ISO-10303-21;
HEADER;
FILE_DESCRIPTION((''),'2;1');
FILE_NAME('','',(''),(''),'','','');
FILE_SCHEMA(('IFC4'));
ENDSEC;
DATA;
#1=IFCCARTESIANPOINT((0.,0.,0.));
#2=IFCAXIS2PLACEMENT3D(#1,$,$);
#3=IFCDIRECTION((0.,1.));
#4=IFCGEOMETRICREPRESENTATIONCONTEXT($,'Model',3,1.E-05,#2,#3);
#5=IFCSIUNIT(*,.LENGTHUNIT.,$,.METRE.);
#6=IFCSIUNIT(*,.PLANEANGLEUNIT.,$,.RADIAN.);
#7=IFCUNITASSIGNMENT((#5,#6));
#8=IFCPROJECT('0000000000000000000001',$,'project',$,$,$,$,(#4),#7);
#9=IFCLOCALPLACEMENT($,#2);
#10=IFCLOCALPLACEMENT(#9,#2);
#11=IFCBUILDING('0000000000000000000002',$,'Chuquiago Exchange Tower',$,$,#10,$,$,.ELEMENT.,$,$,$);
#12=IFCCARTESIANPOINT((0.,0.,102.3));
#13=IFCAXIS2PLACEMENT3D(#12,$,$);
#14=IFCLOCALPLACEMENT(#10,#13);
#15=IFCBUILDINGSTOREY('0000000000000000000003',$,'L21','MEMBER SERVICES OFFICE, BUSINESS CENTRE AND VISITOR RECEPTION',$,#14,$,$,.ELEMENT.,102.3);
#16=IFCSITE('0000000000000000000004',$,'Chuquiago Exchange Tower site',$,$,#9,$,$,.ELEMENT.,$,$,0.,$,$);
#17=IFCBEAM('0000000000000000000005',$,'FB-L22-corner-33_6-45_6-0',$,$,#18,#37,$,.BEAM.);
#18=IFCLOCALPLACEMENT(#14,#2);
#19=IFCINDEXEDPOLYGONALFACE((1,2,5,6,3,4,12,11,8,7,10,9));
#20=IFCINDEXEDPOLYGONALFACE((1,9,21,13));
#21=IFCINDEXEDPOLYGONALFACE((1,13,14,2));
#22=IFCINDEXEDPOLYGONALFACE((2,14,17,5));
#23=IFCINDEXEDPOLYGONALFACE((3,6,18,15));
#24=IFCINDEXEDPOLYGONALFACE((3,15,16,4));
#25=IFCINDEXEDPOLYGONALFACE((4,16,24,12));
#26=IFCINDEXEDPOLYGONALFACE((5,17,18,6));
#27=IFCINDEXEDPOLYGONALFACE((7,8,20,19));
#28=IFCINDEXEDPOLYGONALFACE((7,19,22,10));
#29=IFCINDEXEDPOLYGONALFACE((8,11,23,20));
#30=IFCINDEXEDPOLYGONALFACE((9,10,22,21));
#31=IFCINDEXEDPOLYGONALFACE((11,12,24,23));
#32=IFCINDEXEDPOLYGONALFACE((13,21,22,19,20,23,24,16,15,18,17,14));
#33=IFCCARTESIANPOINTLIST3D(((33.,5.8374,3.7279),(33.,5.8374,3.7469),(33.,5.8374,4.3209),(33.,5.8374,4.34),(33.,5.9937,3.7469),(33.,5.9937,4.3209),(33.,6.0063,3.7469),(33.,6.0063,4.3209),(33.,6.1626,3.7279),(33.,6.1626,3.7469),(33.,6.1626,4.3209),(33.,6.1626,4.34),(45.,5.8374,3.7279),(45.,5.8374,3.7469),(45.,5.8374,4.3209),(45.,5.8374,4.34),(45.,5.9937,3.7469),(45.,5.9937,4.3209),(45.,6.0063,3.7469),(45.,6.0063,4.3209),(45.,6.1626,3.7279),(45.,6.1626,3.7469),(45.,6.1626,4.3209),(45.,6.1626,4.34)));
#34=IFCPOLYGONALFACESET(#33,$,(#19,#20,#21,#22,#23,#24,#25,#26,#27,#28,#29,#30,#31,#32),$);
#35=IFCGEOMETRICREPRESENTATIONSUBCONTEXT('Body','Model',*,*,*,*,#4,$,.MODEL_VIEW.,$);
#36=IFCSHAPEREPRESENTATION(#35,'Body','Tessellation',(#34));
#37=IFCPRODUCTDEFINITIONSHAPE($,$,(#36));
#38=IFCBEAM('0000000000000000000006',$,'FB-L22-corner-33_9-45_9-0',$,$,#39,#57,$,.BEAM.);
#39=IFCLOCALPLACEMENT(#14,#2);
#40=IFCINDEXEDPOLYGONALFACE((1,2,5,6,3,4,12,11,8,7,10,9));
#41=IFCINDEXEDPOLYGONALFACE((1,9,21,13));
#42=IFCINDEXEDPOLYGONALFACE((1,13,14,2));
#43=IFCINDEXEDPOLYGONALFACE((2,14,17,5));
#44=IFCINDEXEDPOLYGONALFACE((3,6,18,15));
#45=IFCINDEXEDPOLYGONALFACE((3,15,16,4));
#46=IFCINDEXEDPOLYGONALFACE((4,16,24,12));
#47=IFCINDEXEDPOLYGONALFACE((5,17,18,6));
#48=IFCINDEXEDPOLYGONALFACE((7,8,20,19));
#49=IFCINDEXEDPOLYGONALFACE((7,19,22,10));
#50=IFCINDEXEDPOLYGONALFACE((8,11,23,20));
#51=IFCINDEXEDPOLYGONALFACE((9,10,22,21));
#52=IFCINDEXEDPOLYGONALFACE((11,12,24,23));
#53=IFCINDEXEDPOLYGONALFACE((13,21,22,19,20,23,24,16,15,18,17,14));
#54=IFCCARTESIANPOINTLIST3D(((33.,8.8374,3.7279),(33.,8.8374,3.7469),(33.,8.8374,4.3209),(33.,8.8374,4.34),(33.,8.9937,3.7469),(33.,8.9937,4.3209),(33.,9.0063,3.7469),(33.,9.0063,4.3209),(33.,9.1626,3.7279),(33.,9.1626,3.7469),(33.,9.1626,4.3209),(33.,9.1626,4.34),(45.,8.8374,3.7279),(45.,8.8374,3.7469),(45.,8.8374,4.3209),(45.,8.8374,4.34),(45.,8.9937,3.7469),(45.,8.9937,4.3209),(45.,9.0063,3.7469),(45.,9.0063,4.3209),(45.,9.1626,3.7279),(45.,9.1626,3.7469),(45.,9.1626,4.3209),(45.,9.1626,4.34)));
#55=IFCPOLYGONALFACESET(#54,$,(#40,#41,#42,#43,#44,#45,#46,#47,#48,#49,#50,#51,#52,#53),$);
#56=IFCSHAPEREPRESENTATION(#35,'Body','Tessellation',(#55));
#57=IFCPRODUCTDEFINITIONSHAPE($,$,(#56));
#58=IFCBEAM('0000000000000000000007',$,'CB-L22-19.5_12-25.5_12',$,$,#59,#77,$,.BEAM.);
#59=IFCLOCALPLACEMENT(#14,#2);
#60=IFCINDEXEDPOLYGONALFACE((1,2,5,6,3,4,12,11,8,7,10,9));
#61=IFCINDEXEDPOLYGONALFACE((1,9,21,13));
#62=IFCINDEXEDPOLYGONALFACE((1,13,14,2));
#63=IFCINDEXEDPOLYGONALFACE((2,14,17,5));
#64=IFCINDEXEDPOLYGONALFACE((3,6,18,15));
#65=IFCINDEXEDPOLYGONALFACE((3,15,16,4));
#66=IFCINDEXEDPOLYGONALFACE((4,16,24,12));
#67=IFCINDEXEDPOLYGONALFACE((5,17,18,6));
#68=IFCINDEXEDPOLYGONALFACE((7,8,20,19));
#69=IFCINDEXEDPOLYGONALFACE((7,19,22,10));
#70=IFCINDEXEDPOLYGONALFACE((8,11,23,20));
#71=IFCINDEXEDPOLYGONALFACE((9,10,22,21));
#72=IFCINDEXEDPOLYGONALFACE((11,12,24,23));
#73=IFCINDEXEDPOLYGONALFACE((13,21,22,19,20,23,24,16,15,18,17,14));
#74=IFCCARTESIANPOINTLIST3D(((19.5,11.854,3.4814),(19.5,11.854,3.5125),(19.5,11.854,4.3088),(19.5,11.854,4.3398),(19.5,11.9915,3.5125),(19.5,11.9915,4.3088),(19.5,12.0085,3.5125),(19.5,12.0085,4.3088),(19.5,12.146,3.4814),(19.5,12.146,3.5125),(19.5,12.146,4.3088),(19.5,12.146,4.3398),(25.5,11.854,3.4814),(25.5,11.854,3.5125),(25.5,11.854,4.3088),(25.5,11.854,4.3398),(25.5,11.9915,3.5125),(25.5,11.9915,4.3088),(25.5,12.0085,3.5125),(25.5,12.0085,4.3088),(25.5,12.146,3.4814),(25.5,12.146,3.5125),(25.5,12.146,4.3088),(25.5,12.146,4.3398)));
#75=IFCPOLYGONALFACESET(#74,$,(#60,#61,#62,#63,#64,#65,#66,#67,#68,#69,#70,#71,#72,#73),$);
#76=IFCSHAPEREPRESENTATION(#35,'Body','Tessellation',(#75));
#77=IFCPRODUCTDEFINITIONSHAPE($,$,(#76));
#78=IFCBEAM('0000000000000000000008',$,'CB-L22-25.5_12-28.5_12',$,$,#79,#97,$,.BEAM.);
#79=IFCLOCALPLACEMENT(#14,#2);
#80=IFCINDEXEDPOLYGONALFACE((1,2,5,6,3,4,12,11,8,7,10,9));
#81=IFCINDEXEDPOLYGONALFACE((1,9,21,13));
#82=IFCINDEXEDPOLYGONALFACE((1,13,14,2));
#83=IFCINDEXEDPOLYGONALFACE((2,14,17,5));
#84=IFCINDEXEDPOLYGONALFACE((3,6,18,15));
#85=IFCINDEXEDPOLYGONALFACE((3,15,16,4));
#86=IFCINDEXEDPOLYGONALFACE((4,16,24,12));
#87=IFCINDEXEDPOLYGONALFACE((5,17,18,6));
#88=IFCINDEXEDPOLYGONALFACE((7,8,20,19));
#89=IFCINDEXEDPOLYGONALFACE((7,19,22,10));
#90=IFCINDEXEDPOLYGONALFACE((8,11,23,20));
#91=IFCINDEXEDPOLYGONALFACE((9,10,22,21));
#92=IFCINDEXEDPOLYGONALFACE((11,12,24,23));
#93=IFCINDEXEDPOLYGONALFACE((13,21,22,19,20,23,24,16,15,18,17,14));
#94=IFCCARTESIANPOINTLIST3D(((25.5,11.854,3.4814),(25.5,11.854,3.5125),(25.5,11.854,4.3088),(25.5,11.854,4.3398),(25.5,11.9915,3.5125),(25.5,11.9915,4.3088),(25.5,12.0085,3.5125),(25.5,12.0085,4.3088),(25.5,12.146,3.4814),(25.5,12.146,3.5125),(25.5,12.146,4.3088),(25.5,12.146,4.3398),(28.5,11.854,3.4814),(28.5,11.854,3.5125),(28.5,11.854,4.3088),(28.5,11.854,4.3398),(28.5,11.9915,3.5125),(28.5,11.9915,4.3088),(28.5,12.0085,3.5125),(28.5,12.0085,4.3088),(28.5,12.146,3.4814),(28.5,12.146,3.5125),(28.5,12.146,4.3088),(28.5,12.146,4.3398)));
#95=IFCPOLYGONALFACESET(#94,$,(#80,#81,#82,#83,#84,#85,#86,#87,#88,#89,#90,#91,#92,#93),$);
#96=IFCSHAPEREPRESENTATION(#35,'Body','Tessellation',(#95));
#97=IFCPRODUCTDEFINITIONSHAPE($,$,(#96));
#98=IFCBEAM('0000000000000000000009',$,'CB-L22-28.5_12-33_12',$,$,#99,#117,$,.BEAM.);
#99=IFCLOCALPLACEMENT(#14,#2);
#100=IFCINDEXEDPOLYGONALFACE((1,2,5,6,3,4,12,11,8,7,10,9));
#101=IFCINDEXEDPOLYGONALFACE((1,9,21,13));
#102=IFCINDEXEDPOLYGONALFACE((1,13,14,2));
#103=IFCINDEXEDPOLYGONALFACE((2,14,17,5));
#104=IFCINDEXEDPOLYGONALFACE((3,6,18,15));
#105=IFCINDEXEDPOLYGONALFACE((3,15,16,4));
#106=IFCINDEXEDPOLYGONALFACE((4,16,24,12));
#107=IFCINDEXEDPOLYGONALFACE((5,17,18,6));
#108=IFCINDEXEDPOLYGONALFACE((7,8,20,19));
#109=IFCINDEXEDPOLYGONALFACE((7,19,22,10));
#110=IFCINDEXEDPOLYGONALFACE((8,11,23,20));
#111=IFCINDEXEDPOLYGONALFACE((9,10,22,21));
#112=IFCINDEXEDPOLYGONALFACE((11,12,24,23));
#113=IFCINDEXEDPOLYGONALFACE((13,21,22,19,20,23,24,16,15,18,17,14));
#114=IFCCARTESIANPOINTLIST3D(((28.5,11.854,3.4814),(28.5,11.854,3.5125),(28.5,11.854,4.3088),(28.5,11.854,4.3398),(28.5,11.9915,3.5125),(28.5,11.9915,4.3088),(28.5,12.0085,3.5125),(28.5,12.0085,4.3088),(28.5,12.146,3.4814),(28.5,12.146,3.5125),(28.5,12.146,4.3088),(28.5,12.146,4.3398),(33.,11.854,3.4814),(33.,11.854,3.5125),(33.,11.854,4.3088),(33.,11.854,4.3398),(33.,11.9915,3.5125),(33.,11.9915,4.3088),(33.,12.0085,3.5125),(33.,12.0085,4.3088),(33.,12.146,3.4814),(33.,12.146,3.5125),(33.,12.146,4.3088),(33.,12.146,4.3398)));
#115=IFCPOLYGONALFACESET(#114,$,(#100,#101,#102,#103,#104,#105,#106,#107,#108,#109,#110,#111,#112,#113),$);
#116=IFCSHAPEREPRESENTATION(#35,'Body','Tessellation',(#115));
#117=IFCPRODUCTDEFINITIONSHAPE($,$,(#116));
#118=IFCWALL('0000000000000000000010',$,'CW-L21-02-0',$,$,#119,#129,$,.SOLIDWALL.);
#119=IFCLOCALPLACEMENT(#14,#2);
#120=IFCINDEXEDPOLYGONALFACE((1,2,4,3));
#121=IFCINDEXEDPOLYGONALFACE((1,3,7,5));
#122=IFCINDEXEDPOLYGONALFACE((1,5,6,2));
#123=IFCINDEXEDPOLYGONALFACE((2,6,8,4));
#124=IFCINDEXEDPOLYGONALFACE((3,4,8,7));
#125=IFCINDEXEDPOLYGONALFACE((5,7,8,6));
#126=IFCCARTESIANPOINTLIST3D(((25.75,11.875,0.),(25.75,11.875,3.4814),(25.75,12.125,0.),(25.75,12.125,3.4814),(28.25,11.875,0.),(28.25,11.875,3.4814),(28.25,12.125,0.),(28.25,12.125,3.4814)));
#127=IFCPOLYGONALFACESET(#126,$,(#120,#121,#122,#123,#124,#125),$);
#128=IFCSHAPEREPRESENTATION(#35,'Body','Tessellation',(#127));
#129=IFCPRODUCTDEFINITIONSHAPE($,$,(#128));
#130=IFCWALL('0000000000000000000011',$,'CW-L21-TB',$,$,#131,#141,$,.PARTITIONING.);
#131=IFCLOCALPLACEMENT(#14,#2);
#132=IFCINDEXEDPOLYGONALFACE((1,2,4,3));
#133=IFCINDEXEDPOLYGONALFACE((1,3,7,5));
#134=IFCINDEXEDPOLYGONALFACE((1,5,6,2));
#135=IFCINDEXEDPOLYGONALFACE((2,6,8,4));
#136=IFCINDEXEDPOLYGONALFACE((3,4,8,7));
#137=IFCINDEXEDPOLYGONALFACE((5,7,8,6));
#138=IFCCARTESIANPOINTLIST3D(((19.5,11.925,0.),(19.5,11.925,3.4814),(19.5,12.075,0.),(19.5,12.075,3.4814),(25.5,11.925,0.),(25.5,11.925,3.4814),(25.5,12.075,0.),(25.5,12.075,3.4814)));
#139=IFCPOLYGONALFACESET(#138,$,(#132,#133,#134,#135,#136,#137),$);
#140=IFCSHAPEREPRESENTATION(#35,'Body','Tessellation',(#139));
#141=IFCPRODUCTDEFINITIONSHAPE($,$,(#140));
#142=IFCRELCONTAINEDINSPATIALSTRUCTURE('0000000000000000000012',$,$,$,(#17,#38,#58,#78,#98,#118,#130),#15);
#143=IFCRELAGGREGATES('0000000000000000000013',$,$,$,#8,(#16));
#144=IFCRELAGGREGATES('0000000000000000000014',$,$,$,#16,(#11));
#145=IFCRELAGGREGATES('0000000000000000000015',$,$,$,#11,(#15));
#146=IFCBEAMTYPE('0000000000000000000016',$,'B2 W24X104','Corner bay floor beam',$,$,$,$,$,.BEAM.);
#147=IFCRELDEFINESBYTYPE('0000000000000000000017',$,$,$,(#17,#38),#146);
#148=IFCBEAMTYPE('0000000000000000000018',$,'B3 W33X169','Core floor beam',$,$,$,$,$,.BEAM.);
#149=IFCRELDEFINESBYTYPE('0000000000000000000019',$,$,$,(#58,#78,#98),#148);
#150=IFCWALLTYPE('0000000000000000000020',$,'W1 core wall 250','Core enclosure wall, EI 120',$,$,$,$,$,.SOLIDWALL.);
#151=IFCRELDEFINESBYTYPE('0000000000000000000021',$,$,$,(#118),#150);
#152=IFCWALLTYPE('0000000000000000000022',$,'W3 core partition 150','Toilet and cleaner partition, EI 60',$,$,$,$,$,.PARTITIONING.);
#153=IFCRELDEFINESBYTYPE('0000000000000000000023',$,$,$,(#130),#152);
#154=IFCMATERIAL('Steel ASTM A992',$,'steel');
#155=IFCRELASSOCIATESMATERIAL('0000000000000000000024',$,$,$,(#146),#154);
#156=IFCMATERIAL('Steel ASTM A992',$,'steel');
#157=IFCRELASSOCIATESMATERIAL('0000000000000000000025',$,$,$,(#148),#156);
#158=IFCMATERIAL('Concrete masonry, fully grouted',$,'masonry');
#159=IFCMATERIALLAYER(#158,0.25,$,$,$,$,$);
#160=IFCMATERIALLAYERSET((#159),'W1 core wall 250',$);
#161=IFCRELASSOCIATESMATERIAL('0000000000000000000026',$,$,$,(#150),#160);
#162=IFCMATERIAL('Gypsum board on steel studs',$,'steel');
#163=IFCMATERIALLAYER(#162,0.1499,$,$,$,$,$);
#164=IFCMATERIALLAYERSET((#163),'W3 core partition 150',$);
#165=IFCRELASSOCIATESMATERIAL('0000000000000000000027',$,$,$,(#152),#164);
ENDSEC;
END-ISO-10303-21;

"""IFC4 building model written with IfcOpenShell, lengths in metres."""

from ifc_helpers import new_model, si_unit, direction, frame, frame_2d, origin, origin_2d, place, context, subcontext, project, spatial, rectangle, i_section, extrude, material, layer, layer_set, material_profile, profile_set, type_object, element, save


model = new_model("IFC4")

# Units and contexts
model_context = context("Model", 3, precision=1e-05, world=origin(), true_north=direction((0.0, 1.0)))
body_context = subcontext(model_context, "Body", "Model", "MODEL_VIEW")
ifc_project = project(units=[si_unit("LENGTHUNIT", "METRE"), si_unit("PLANEANGLEUNIT", "RADIAN")], contexts=[model_context])

# Site, building, storey
site_placement = place(None, origin())
site = spatial("IfcSite", under=ifc_project, at=site_placement, Name="Chuquiago Exchange Tower site", CompositionType="ELEMENT", RefElevation=0.0)
building_placement = place(site_placement, origin())
building = spatial("IfcBuilding", under=site, at=building_placement, Name="Chuquiago Exchange Tower", CompositionType="ELEMENT")
storey_placement = place(building_placement, frame((0.0, 0.0, 102.3)))
storey = spatial("IfcBuildingStorey", under=building, at=storey_placement, Name="L21", Description="MEMBER SERVICES OFFICE, BUSINESS CENTRE AND VISITOR RECEPTION", CompositionType="ELEMENT", Elevation=102.3)

# Beams
ifc_material_1 = material(Name="Steel ASTM A992", Category="steel")
ifc_material_profile_1 = material_profile(ifc_material_1, i_section(OverallWidth=0.3252, OverallDepth=0.6121, WebThickness=0.0127, FlangeThickness=0.019, at=origin_2d()), Name="W24X104")
ifc_profile_set_1 = profile_set([ifc_material_profile_1], Name="Steel ASTM A992")
beam_type_1 = type_object("IfcBeamType", Name="B2 W24X104", Description="Corner bay floor beam", PredefinedType="BEAM", material=ifc_profile_set_1)
for number, where, z_axis, x_axis, name in (
    (1, (33.0, 6.0, 4.0339), (1.0, 0.0, 0.0), (0.0, 1.0, 0.0), "FB-L22-corner-33_6-45_6-0"),
    (2, (33.0, 9.0, 4.0339), (1.0, 0.0, 0.0), (0.0, 1.0, 0.0), "FB-L22-corner-33_9-45_9-0"),
):
    element("IfcBeam", number, at=place(storey_placement, frame(where, z_axis=z_axis, x_axis=x_axis)), inside=storey, type_object=beam_type_1, Name=name, PredefinedType="BEAM", context=body_context, shape_type="SweptSolid", body=[
        extrude(i_section(OverallWidth=0.3252, OverallDepth=0.6121, WebThickness=0.0127, FlangeThickness=0.019, at=origin_2d()), origin(), (0.0, 0.0, 1.0), 12.0),
    ])
ifc_material_2 = material(Name="Steel ASTM A992", Category="steel")
ifc_material_profile_2 = material_profile(ifc_material_2, i_section(OverallWidth=0.292, OverallDepth=0.8584, WebThickness=0.0171, FlangeThickness=0.031, at=origin_2d()), Name="W33X169")
ifc_profile_set_2 = profile_set([ifc_material_profile_2], Name="Steel ASTM A992")
beam_type_2 = type_object("IfcBeamType", Name="B3 W33X169", Description="Core floor beam", PredefinedType="BEAM", material=ifc_profile_set_2)
beam_1_placement = place(storey_placement, frame((19.5, 12.0, 3.9106), z_axis=(1.0, 0.0, 0.0), x_axis=(0.0, 1.0, 0.0)))
element("IfcBeam", 3, at=beam_1_placement, inside=storey, type_object=beam_type_2, Name="CB-L22-19.5_12-25.5_12", PredefinedType="BEAM", context=body_context, shape_type="SweptSolid", body=[
    extrude(i_section(OverallWidth=0.292, OverallDepth=0.8584, WebThickness=0.0171, FlangeThickness=0.031, at=origin_2d()), origin(), (0.0, 0.0, 1.0), 6.0),
])
beam_2_placement = place(storey_placement, frame((25.5, 12.0, 3.9106), z_axis=(1.0, 0.0, 0.0), x_axis=(0.0, 1.0, 0.0)))
element("IfcBeam", 4, at=beam_2_placement, inside=storey, type_object=beam_type_2, Name="CB-L22-25.5_12-28.5_12", PredefinedType="BEAM", context=body_context, shape_type="SweptSolid", body=[
    extrude(i_section(OverallWidth=0.292, OverallDepth=0.8584, WebThickness=0.0171, FlangeThickness=0.031, at=origin_2d()), origin(), (0.0, 0.0, 1.0), 3.0),
])
beam_3_placement = place(storey_placement, frame((28.5, 12.0, 3.9106), z_axis=(1.0, 0.0, 0.0), x_axis=(0.0, 1.0, 0.0)))
element("IfcBeam", 5, at=beam_3_placement, inside=storey, type_object=beam_type_2, Name="CB-L22-28.5_12-33_12", PredefinedType="BEAM", context=body_context, shape_type="SweptSolid", body=[
    extrude(i_section(OverallWidth=0.292, OverallDepth=0.8584, WebThickness=0.0171, FlangeThickness=0.031, at=origin_2d()), origin(), (0.0, 0.0, 1.0), 4.5),
])

# Walls
ifc_material_3 = material(Name="Concrete masonry, fully grouted", Category="masonry")
ifc_layer_1 = layer(ifc_material_3, 0.25)
ifc_layer_set_1 = layer_set([ifc_layer_1], Name="W1 core wall 250")
wall_type_1 = type_object("IfcWallType", Name="W1 core wall 250", Description="Core enclosure wall, EI 120", PredefinedType="SOLIDWALL", material=ifc_layer_set_1)
wall_1_placement = place(storey_placement, frame((25.75, 12.0, 0.0), z_axis=(0.0, 0.0, 1.0), x_axis=(1.0, 0.0, 0.0)))
element("IfcWall", 6, at=wall_1_placement, inside=storey, type_object=wall_type_1, Name="CW-L21-02-0", PredefinedType="SOLIDWALL", context=body_context, shape_type="SweptSolid", body=[
    extrude(rectangle(XDim=2.5, YDim=0.25, at=frame_2d((1.25, 0.0))), origin(), (0.0, 0.0, 1.0), 3.4814),
])
ifc_material_4 = material(Name="Gypsum board on steel studs", Category="steel")
ifc_layer_2 = layer(ifc_material_4, 0.1499)
ifc_layer_set_2 = layer_set([ifc_layer_2], Name="W3 core partition 150")
wall_type_2 = type_object("IfcWallType", Name="W3 core partition 150", Description="Toilet and cleaner partition, EI 60", PredefinedType="PARTITIONING", material=ifc_layer_set_2)
wall_2_placement = place(storey_placement, frame((19.5, 12.0, 0.0), z_axis=(0.0, 0.0, 1.0), x_axis=(1.0, 0.0, 0.0)))
element("IfcWall", 7, at=wall_2_placement, inside=storey, type_object=wall_type_2, Name="CW-L21-TB", PredefinedType="PARTITIONING", context=body_context, shape_type="SweptSolid", body=[
    extrude(rectangle(XDim=6.0, YDim=0.1499, at=frame_2d((3.0, 0.0))), origin(), (0.0, 0.0, 1.0), 3.4814),
])

save(model, "model.ifc")
